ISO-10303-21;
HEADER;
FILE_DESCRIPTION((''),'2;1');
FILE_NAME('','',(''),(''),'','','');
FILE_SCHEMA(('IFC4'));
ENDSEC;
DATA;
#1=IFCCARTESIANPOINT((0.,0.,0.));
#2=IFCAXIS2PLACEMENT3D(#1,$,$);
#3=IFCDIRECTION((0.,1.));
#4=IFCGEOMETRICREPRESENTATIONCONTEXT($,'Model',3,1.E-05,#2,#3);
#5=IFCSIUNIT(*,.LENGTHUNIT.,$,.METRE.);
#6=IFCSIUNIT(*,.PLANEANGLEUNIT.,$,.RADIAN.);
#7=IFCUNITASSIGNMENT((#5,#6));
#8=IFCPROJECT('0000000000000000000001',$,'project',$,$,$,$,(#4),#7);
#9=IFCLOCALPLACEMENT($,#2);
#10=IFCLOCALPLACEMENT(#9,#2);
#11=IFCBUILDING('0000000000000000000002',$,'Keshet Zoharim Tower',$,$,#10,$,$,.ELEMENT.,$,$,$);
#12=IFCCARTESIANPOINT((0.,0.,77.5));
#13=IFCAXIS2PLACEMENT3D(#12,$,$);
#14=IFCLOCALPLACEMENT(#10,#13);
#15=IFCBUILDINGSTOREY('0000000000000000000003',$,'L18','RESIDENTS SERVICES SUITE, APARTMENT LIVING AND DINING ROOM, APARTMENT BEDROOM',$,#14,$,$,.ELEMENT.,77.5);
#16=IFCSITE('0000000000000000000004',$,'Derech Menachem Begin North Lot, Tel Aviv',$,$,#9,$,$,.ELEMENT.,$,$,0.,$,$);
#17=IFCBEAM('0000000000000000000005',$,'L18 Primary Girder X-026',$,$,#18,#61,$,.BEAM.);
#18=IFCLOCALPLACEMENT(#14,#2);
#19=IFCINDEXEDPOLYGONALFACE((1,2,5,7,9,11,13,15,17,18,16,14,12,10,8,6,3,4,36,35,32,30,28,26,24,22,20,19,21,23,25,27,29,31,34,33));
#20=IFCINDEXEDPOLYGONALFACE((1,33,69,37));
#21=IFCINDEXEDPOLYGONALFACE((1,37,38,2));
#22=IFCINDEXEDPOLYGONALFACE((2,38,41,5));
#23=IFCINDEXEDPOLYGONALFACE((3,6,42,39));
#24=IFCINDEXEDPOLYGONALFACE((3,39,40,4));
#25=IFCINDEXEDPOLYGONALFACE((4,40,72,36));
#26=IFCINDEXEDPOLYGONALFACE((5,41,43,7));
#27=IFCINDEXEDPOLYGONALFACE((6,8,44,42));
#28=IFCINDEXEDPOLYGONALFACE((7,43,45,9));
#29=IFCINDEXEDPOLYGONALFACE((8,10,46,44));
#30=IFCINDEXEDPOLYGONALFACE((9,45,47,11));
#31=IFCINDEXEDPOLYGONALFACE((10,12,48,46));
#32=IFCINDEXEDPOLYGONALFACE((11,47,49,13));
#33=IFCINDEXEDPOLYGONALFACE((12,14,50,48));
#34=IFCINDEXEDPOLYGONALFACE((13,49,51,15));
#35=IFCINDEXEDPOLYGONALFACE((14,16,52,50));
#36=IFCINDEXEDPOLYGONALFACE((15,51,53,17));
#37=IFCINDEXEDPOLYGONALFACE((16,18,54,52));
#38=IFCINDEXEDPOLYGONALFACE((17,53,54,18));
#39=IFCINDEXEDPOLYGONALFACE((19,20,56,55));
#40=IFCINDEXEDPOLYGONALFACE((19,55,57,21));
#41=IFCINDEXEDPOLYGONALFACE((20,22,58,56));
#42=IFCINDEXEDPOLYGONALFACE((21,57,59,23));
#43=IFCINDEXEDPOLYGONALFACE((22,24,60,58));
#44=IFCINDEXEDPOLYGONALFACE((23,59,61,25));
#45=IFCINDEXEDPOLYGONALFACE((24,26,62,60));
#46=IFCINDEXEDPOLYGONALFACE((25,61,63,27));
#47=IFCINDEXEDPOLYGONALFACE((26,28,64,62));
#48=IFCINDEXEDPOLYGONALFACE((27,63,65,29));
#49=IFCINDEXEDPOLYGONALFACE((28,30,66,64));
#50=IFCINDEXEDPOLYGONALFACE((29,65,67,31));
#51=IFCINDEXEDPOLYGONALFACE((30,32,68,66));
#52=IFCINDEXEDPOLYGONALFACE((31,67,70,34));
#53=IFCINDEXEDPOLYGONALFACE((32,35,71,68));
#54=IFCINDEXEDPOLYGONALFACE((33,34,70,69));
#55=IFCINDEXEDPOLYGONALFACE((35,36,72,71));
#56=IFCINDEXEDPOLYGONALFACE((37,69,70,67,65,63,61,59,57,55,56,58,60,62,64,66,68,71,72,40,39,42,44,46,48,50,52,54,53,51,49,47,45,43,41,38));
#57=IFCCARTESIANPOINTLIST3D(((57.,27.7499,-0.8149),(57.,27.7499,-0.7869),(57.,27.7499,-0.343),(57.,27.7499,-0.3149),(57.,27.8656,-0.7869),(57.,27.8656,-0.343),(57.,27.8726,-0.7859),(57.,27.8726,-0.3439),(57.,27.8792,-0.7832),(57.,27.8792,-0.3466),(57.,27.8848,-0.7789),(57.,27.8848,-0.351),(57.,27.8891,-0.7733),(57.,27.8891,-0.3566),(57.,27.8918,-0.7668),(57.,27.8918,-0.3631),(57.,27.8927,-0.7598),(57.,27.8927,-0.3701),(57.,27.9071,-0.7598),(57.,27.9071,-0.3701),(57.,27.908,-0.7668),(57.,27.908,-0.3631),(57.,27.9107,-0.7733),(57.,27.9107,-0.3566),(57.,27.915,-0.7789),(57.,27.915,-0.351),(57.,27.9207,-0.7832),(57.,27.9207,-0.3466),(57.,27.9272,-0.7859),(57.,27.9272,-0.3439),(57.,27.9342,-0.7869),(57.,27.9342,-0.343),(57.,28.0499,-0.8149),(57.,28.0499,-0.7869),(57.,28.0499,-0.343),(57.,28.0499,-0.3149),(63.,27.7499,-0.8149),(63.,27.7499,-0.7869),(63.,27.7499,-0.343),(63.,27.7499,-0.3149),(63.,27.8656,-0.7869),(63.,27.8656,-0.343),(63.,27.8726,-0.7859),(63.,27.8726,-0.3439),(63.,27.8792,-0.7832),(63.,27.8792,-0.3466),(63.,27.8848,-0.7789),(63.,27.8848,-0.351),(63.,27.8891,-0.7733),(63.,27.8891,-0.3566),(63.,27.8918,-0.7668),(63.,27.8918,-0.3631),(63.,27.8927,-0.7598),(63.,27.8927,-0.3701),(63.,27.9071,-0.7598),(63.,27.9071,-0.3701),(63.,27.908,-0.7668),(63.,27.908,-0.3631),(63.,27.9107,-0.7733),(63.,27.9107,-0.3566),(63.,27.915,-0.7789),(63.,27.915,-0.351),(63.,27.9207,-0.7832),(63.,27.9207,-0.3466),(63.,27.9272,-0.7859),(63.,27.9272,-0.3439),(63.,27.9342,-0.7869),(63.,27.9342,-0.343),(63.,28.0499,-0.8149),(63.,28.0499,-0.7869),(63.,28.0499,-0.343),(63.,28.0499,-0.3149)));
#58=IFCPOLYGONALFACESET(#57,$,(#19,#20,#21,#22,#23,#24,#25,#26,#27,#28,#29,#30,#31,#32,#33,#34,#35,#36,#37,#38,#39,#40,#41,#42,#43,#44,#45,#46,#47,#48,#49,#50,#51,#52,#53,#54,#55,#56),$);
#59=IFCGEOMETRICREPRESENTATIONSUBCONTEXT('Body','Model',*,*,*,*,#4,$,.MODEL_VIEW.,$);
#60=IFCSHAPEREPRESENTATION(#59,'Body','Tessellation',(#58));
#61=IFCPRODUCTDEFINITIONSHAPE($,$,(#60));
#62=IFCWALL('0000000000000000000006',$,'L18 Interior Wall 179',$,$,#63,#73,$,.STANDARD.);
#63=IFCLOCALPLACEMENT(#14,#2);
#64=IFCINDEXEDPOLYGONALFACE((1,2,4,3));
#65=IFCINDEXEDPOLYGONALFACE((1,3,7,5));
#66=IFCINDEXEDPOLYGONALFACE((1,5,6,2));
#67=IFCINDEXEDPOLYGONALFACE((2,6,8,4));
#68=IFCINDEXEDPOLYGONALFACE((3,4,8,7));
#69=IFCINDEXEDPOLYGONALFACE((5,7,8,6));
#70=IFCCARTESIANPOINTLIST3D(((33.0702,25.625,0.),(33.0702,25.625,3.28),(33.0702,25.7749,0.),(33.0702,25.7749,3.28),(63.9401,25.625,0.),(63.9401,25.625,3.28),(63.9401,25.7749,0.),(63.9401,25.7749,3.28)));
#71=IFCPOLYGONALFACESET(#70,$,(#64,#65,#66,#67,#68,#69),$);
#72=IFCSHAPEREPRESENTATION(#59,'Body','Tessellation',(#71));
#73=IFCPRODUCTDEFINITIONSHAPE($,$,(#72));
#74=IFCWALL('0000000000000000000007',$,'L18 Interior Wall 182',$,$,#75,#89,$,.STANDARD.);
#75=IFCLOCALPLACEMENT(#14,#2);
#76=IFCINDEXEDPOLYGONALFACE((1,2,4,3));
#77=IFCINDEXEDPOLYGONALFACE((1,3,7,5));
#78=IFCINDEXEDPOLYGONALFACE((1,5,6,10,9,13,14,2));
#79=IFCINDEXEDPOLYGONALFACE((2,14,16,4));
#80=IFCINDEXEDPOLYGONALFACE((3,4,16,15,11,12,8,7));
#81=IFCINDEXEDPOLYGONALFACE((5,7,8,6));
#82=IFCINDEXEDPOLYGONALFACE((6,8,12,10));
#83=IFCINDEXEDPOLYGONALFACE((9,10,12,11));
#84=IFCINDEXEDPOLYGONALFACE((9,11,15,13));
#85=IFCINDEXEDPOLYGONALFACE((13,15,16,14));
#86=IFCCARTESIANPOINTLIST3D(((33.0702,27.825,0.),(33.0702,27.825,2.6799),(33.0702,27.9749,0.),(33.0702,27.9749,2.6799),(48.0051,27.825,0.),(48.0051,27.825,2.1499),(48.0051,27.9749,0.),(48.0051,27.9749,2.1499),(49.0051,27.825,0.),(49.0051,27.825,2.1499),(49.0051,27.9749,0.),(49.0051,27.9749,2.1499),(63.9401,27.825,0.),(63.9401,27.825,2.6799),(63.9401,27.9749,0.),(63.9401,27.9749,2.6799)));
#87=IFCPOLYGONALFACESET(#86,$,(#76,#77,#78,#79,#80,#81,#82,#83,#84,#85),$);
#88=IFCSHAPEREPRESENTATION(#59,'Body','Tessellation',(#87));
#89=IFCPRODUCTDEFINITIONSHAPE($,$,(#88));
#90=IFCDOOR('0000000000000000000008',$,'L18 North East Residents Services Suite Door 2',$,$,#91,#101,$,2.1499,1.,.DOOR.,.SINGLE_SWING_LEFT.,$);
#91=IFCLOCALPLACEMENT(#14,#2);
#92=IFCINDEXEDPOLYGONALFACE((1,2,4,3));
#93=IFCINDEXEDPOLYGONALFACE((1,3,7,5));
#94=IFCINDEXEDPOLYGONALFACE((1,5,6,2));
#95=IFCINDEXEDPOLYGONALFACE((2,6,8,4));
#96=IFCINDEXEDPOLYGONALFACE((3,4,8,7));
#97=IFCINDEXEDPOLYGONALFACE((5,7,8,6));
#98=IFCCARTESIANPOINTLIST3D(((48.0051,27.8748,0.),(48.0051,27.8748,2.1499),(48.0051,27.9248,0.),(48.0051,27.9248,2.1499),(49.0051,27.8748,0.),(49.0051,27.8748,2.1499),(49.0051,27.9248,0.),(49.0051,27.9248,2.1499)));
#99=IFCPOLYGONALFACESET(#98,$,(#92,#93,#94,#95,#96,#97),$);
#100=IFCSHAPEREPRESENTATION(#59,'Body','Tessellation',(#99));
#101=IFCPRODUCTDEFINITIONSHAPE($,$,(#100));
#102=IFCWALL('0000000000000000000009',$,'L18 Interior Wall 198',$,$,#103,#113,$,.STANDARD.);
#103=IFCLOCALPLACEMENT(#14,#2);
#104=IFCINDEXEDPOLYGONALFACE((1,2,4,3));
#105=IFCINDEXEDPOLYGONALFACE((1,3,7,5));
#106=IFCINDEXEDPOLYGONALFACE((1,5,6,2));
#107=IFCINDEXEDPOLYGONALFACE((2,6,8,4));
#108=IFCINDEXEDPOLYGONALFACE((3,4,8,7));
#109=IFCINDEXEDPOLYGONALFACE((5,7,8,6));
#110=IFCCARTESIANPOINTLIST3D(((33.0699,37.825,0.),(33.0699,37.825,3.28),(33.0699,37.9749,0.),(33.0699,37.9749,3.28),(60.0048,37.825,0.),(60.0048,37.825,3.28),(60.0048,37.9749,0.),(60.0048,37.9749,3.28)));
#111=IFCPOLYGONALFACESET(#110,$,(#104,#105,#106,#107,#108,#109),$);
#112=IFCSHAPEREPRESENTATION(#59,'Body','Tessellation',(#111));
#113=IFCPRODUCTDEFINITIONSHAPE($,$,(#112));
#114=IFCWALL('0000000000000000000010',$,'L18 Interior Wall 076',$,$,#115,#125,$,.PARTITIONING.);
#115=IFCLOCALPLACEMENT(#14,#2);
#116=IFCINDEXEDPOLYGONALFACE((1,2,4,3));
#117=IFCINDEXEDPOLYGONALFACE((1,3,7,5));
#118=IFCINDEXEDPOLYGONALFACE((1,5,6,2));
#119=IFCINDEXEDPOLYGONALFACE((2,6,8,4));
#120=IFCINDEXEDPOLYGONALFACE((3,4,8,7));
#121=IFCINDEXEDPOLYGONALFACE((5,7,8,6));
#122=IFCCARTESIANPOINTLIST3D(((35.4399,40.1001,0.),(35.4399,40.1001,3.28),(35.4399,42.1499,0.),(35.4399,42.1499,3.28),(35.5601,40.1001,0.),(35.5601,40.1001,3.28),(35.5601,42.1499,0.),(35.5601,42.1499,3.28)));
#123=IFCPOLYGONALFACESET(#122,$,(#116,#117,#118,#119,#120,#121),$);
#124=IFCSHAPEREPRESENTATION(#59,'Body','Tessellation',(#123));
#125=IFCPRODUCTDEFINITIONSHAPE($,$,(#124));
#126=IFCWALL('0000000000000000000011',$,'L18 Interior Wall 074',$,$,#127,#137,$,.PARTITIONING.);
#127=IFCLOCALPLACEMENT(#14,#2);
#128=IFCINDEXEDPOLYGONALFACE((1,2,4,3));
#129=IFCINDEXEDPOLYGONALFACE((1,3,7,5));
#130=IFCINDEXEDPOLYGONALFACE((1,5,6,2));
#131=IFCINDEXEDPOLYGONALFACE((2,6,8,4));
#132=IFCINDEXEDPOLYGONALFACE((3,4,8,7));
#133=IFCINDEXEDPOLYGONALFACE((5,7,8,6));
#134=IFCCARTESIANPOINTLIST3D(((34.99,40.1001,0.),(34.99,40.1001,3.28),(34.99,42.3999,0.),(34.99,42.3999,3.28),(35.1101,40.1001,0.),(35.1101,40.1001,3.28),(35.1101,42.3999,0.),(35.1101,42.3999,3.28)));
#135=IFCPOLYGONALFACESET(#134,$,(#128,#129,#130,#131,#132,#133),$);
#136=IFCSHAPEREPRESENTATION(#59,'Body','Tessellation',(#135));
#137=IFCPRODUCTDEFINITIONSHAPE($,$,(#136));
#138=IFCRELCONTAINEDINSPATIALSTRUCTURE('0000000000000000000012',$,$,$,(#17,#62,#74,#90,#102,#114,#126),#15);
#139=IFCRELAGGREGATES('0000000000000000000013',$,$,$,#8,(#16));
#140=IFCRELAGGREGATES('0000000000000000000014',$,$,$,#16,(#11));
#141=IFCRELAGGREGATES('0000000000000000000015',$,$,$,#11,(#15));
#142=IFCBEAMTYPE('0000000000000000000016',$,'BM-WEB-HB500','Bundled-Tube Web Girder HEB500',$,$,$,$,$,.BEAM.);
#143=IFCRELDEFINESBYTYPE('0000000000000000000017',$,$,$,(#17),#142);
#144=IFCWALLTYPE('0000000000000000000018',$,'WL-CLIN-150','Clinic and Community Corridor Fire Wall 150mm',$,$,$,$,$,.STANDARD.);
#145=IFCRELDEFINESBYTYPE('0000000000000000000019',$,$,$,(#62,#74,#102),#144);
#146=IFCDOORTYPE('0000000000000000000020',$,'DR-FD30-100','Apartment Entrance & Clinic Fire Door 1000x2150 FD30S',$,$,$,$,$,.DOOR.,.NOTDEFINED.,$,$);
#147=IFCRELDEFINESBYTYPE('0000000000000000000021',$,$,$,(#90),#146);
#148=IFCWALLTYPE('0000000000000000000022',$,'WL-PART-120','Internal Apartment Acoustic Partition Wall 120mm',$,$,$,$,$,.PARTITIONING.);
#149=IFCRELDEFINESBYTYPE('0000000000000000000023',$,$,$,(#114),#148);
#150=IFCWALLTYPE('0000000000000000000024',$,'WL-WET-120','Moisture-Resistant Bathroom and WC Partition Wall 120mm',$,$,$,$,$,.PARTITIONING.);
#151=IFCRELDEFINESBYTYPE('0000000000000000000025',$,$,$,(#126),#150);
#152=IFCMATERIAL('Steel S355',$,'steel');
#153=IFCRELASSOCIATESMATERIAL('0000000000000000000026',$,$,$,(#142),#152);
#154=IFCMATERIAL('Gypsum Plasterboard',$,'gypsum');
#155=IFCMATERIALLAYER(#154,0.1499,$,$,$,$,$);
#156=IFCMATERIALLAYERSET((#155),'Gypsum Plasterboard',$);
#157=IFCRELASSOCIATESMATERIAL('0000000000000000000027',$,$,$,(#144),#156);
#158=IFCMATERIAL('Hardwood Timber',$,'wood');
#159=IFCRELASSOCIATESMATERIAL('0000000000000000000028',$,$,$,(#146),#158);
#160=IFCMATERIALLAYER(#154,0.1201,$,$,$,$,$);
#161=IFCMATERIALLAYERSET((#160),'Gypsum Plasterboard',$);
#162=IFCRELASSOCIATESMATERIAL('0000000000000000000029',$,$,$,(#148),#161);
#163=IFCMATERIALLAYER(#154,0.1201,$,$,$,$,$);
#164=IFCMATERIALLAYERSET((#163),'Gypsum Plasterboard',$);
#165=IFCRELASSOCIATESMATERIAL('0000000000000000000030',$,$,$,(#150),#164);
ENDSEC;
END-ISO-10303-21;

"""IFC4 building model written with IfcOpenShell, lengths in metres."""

from ifc_helpers import new_model, si_unit, direction, frame, frame_2d, origin, origin_2d, place, context, subcontext, project, spatial, rectangle, i_section, extrude, material, layer, layer_set, material_profile, profile_set, type_object, element, fill, save


model = new_model("IFC4")

# Units and contexts
model_context = context("Model", 3, precision=1e-05, world=origin(), true_north=direction((0.0, 1.0)))
body_context = subcontext(model_context, "Body", "Model", "MODEL_VIEW")
ifc_project = project(units=[si_unit("LENGTHUNIT", "METRE"), si_unit("PLANEANGLEUNIT", "RADIAN")], contexts=[model_context])

# Site, building, storey
site_placement = place(None, origin())
site = spatial("IfcSite", under=ifc_project, at=site_placement, Name="Derech Menachem Begin North Lot, Tel Aviv", CompositionType="ELEMENT", RefElevation=0.0)
building_placement = place(site_placement, origin())
building = spatial("IfcBuilding", under=site, at=building_placement, Name="Keshet Zoharim Tower", CompositionType="ELEMENT")
storey_placement = place(building_placement, frame((0.0, 0.0, 77.5)))
storey = spatial("IfcBuildingStorey", under=building, at=storey_placement, Name="L18", Description="RESIDENTS SERVICES SUITE, APARTMENT LIVING AND DINING ROOM, APARTMENT BEDROOM", CompositionType="ELEMENT", Elevation=77.5)

# Beam
ifc_material_1 = material(Name="Steel S355", Category="steel")
ifc_material_profile_1 = material_profile(ifc_material_1, i_section(OverallWidth=0.3, OverallDepth=0.5, WebThickness=0.0144, FlangeThickness=0.0281, FilletRadius=0.0271, at=origin_2d()), Name="HEB500")
ifc_profile_set_1 = profile_set([ifc_material_profile_1], Name="Steel S355")
beam_type_1 = type_object("IfcBeamType", Name="BM-WEB-HB500", Description="Bundled-Tube Web Girder HEB500", PredefinedType="BEAM", material=ifc_profile_set_1)
for number, where, z_axis, x_axis, name in (
    (1, (57.0, 27.8999, -0.5649), (1.0, 0.0, 0.0), (0.0, 1.0, 0.0), "L18 Primary Girder X-026"),
):
    element("IfcBeam", number, at=place(storey_placement, frame(where, z_axis=z_axis, x_axis=x_axis)), inside=storey, type_object=beam_type_1, Name=name, PredefinedType="BEAM", context=body_context, shape_type="SweptSolid", body=[
        extrude(i_section(OverallWidth=0.3, OverallDepth=0.5, WebThickness=0.0144, FlangeThickness=0.0281, FilletRadius=0.0271, at=origin_2d()), origin(), (0.0, 0.0, 1.0), 6.0),
    ])

# Wall
ifc_material_2 = material(Name="Gypsum Plasterboard", Category="gypsum")
ifc_layer_1 = layer(ifc_material_2, 0.1499)
ifc_layer_set_1 = layer_set([ifc_layer_1], Name="Gypsum Plasterboard")
wall_type_1 = type_object("IfcWallType", Name="WL-CLIN-150", Description="Clinic and Community Corridor Fire Wall 150mm", PredefinedType="STANDARD", material=ifc_layer_set_1)
wall_1_placement = place(storey_placement, frame((33.0701, 25.7, 0.0), z_axis=(0.0, 0.0, 1.0), x_axis=(1.0, 0.0, 0.0)))
element("IfcWall", 2, at=wall_1_placement, inside=storey, type_object=wall_type_1, Name="L18 Interior Wall 179", PredefinedType="STANDARD", context=body_context, shape_type="SweptSolid", body=[
    extrude(rectangle(XDim=30.8699, YDim=0.1499, at=frame_2d((15.4351, 0.0))), origin(), (0.0, 0.0, 1.0), 3.28),
])

# Wall, opening, door
wall_2_placement = place(storey_placement, frame((33.0701, 27.8999, 0.0), z_axis=(0.0, 0.0, 1.0), x_axis=(1.0, 0.0, 0.0)))
wall_2 = element("IfcWall", 3, at=wall_2_placement, inside=storey, type_object=wall_type_1, Name="L18 Interior Wall 182", PredefinedType="STANDARD", context=body_context, shape_type="SweptSolid", body=[
    extrude(rectangle(XDim=30.8699, YDim=0.1499, at=frame_2d((15.4351, 0.0))), origin(), (0.0, 0.0, 1.0), 2.6799),
])
opening_1_placement = place(wall_2_placement, frame((14.9351, 0.0, 0.0)))
opening_1 = element("IfcOpeningElement", 4, at=opening_1_placement, cuts=wall_2, PredefinedType="OPENING", context=body_context, shape_type="SweptSolid", body=[
    extrude(rectangle(XDim=1.0, YDim=2.1499, at=frame_2d((0.5, 1.075))), frame((0.0, 0.085, 0.0), z_axis=(0.0, -1.0, 0.0), x_axis=(1.0, 0.0, 0.0)), (0.0, 0.0, 1.0), 0.1699),
])
ifc_material_3 = material(Name="Hardwood Timber", Category="wood")
door_type = type_object("IfcDoorType", Name="DR-FD30-100", Description="Apartment Entrance & Clinic Fire Door 1000x2150 FD30S", OperationType="NOTDEFINED", PredefinedType="DOOR", material=ifc_material_3)
door_1_placement = place(opening_1_placement, origin())
door_1 = element("IfcDoor", 5, at=door_1_placement, inside=storey, type_object=door_type, Name="L18 North East Residents Services Suite Door 2", OperationType="SINGLE_SWING_LEFT", OverallHeight=2.1499, OverallWidth=1.0, PredefinedType="DOOR", context=body_context, shape_type="SweptSolid", body=[
    extrude(rectangle(XDim=1.0, YDim=2.1499, at=frame_2d((0.5, 1.075))), frame((0.0, 0.0249, 0.0), z_axis=(0.0, -1.0, 0.0), x_axis=(1.0, 0.0, 0.0)), (0.0, 0.0, 1.0), 0.05),
])
fill(opening_1, door_1)

# Wall
wall_3_placement = place(storey_placement, frame((33.0701, 37.8999, 0.0), z_axis=(0.0, 0.0, 1.0), x_axis=(1.0, 0.0, 0.0)))
element("IfcWall", 6, at=wall_3_placement, inside=storey, type_object=wall_type_1, Name="L18 Interior Wall 198", PredefinedType="STANDARD", context=body_context, shape_type="SweptSolid", body=[
    extrude(rectangle(XDim=26.9348, YDim=0.1499, at=frame_2d((13.4673, 0.0))), origin(), (0.0, 0.0, 1.0), 3.28),
])

# Walls
ifc_layer_2 = layer(ifc_material_2, 0.1201)
ifc_layer_set_2 = layer_set([ifc_layer_2], Name="Gypsum Plasterboard")
wall_type_2 = type_object("IfcWallType", Name="WL-PART-120", Description="Internal Apartment Acoustic Partition Wall 120mm", PredefinedType="PARTITIONING", material=ifc_layer_set_2)
wall_4_placement = place(storey_placement, frame((35.5, 40.1001, 0.0), z_axis=(0.0, 0.0, 1.0), x_axis=(0.0, 1.0, 0.0)))
element("IfcWall", 7, at=wall_4_placement, inside=storey, type_object=wall_type_2, Name="L18 Interior Wall 076", PredefinedType="PARTITIONING", context=body_context, shape_type="SweptSolid", body=[
    extrude(rectangle(XDim=2.0498, YDim=0.1201, at=frame_2d((1.0249, 0.0))), origin(), (0.0, 0.0, 1.0), 3.28),
])
ifc_layer_3 = layer(ifc_material_2, 0.1201)
ifc_layer_set_3 = layer_set([ifc_layer_3], Name="Gypsum Plasterboard")
wall_type_3 = type_object("IfcWallType", Name="WL-WET-120", Description="Moisture-Resistant Bathroom and WC Partition Wall 120mm", PredefinedType="PARTITIONING", material=ifc_layer_set_3)
wall_5_placement = place(storey_placement, frame((35.05, 40.1001, 0.0), z_axis=(0.0, 0.0, 1.0), x_axis=(0.0, 1.0, 0.0)))
element("IfcWall", 8, at=wall_5_placement, inside=storey, type_object=wall_type_3, Name="L18 Interior Wall 074", PredefinedType="PARTITIONING", context=body_context, shape_type="SweptSolid", body=[
    extrude(rectangle(XDim=2.2998, YDim=0.1201, at=frame_2d((1.1499, 0.0))), origin(), (0.0, 0.0, 1.0), 3.28),
])

save(model, "model.ifc")
